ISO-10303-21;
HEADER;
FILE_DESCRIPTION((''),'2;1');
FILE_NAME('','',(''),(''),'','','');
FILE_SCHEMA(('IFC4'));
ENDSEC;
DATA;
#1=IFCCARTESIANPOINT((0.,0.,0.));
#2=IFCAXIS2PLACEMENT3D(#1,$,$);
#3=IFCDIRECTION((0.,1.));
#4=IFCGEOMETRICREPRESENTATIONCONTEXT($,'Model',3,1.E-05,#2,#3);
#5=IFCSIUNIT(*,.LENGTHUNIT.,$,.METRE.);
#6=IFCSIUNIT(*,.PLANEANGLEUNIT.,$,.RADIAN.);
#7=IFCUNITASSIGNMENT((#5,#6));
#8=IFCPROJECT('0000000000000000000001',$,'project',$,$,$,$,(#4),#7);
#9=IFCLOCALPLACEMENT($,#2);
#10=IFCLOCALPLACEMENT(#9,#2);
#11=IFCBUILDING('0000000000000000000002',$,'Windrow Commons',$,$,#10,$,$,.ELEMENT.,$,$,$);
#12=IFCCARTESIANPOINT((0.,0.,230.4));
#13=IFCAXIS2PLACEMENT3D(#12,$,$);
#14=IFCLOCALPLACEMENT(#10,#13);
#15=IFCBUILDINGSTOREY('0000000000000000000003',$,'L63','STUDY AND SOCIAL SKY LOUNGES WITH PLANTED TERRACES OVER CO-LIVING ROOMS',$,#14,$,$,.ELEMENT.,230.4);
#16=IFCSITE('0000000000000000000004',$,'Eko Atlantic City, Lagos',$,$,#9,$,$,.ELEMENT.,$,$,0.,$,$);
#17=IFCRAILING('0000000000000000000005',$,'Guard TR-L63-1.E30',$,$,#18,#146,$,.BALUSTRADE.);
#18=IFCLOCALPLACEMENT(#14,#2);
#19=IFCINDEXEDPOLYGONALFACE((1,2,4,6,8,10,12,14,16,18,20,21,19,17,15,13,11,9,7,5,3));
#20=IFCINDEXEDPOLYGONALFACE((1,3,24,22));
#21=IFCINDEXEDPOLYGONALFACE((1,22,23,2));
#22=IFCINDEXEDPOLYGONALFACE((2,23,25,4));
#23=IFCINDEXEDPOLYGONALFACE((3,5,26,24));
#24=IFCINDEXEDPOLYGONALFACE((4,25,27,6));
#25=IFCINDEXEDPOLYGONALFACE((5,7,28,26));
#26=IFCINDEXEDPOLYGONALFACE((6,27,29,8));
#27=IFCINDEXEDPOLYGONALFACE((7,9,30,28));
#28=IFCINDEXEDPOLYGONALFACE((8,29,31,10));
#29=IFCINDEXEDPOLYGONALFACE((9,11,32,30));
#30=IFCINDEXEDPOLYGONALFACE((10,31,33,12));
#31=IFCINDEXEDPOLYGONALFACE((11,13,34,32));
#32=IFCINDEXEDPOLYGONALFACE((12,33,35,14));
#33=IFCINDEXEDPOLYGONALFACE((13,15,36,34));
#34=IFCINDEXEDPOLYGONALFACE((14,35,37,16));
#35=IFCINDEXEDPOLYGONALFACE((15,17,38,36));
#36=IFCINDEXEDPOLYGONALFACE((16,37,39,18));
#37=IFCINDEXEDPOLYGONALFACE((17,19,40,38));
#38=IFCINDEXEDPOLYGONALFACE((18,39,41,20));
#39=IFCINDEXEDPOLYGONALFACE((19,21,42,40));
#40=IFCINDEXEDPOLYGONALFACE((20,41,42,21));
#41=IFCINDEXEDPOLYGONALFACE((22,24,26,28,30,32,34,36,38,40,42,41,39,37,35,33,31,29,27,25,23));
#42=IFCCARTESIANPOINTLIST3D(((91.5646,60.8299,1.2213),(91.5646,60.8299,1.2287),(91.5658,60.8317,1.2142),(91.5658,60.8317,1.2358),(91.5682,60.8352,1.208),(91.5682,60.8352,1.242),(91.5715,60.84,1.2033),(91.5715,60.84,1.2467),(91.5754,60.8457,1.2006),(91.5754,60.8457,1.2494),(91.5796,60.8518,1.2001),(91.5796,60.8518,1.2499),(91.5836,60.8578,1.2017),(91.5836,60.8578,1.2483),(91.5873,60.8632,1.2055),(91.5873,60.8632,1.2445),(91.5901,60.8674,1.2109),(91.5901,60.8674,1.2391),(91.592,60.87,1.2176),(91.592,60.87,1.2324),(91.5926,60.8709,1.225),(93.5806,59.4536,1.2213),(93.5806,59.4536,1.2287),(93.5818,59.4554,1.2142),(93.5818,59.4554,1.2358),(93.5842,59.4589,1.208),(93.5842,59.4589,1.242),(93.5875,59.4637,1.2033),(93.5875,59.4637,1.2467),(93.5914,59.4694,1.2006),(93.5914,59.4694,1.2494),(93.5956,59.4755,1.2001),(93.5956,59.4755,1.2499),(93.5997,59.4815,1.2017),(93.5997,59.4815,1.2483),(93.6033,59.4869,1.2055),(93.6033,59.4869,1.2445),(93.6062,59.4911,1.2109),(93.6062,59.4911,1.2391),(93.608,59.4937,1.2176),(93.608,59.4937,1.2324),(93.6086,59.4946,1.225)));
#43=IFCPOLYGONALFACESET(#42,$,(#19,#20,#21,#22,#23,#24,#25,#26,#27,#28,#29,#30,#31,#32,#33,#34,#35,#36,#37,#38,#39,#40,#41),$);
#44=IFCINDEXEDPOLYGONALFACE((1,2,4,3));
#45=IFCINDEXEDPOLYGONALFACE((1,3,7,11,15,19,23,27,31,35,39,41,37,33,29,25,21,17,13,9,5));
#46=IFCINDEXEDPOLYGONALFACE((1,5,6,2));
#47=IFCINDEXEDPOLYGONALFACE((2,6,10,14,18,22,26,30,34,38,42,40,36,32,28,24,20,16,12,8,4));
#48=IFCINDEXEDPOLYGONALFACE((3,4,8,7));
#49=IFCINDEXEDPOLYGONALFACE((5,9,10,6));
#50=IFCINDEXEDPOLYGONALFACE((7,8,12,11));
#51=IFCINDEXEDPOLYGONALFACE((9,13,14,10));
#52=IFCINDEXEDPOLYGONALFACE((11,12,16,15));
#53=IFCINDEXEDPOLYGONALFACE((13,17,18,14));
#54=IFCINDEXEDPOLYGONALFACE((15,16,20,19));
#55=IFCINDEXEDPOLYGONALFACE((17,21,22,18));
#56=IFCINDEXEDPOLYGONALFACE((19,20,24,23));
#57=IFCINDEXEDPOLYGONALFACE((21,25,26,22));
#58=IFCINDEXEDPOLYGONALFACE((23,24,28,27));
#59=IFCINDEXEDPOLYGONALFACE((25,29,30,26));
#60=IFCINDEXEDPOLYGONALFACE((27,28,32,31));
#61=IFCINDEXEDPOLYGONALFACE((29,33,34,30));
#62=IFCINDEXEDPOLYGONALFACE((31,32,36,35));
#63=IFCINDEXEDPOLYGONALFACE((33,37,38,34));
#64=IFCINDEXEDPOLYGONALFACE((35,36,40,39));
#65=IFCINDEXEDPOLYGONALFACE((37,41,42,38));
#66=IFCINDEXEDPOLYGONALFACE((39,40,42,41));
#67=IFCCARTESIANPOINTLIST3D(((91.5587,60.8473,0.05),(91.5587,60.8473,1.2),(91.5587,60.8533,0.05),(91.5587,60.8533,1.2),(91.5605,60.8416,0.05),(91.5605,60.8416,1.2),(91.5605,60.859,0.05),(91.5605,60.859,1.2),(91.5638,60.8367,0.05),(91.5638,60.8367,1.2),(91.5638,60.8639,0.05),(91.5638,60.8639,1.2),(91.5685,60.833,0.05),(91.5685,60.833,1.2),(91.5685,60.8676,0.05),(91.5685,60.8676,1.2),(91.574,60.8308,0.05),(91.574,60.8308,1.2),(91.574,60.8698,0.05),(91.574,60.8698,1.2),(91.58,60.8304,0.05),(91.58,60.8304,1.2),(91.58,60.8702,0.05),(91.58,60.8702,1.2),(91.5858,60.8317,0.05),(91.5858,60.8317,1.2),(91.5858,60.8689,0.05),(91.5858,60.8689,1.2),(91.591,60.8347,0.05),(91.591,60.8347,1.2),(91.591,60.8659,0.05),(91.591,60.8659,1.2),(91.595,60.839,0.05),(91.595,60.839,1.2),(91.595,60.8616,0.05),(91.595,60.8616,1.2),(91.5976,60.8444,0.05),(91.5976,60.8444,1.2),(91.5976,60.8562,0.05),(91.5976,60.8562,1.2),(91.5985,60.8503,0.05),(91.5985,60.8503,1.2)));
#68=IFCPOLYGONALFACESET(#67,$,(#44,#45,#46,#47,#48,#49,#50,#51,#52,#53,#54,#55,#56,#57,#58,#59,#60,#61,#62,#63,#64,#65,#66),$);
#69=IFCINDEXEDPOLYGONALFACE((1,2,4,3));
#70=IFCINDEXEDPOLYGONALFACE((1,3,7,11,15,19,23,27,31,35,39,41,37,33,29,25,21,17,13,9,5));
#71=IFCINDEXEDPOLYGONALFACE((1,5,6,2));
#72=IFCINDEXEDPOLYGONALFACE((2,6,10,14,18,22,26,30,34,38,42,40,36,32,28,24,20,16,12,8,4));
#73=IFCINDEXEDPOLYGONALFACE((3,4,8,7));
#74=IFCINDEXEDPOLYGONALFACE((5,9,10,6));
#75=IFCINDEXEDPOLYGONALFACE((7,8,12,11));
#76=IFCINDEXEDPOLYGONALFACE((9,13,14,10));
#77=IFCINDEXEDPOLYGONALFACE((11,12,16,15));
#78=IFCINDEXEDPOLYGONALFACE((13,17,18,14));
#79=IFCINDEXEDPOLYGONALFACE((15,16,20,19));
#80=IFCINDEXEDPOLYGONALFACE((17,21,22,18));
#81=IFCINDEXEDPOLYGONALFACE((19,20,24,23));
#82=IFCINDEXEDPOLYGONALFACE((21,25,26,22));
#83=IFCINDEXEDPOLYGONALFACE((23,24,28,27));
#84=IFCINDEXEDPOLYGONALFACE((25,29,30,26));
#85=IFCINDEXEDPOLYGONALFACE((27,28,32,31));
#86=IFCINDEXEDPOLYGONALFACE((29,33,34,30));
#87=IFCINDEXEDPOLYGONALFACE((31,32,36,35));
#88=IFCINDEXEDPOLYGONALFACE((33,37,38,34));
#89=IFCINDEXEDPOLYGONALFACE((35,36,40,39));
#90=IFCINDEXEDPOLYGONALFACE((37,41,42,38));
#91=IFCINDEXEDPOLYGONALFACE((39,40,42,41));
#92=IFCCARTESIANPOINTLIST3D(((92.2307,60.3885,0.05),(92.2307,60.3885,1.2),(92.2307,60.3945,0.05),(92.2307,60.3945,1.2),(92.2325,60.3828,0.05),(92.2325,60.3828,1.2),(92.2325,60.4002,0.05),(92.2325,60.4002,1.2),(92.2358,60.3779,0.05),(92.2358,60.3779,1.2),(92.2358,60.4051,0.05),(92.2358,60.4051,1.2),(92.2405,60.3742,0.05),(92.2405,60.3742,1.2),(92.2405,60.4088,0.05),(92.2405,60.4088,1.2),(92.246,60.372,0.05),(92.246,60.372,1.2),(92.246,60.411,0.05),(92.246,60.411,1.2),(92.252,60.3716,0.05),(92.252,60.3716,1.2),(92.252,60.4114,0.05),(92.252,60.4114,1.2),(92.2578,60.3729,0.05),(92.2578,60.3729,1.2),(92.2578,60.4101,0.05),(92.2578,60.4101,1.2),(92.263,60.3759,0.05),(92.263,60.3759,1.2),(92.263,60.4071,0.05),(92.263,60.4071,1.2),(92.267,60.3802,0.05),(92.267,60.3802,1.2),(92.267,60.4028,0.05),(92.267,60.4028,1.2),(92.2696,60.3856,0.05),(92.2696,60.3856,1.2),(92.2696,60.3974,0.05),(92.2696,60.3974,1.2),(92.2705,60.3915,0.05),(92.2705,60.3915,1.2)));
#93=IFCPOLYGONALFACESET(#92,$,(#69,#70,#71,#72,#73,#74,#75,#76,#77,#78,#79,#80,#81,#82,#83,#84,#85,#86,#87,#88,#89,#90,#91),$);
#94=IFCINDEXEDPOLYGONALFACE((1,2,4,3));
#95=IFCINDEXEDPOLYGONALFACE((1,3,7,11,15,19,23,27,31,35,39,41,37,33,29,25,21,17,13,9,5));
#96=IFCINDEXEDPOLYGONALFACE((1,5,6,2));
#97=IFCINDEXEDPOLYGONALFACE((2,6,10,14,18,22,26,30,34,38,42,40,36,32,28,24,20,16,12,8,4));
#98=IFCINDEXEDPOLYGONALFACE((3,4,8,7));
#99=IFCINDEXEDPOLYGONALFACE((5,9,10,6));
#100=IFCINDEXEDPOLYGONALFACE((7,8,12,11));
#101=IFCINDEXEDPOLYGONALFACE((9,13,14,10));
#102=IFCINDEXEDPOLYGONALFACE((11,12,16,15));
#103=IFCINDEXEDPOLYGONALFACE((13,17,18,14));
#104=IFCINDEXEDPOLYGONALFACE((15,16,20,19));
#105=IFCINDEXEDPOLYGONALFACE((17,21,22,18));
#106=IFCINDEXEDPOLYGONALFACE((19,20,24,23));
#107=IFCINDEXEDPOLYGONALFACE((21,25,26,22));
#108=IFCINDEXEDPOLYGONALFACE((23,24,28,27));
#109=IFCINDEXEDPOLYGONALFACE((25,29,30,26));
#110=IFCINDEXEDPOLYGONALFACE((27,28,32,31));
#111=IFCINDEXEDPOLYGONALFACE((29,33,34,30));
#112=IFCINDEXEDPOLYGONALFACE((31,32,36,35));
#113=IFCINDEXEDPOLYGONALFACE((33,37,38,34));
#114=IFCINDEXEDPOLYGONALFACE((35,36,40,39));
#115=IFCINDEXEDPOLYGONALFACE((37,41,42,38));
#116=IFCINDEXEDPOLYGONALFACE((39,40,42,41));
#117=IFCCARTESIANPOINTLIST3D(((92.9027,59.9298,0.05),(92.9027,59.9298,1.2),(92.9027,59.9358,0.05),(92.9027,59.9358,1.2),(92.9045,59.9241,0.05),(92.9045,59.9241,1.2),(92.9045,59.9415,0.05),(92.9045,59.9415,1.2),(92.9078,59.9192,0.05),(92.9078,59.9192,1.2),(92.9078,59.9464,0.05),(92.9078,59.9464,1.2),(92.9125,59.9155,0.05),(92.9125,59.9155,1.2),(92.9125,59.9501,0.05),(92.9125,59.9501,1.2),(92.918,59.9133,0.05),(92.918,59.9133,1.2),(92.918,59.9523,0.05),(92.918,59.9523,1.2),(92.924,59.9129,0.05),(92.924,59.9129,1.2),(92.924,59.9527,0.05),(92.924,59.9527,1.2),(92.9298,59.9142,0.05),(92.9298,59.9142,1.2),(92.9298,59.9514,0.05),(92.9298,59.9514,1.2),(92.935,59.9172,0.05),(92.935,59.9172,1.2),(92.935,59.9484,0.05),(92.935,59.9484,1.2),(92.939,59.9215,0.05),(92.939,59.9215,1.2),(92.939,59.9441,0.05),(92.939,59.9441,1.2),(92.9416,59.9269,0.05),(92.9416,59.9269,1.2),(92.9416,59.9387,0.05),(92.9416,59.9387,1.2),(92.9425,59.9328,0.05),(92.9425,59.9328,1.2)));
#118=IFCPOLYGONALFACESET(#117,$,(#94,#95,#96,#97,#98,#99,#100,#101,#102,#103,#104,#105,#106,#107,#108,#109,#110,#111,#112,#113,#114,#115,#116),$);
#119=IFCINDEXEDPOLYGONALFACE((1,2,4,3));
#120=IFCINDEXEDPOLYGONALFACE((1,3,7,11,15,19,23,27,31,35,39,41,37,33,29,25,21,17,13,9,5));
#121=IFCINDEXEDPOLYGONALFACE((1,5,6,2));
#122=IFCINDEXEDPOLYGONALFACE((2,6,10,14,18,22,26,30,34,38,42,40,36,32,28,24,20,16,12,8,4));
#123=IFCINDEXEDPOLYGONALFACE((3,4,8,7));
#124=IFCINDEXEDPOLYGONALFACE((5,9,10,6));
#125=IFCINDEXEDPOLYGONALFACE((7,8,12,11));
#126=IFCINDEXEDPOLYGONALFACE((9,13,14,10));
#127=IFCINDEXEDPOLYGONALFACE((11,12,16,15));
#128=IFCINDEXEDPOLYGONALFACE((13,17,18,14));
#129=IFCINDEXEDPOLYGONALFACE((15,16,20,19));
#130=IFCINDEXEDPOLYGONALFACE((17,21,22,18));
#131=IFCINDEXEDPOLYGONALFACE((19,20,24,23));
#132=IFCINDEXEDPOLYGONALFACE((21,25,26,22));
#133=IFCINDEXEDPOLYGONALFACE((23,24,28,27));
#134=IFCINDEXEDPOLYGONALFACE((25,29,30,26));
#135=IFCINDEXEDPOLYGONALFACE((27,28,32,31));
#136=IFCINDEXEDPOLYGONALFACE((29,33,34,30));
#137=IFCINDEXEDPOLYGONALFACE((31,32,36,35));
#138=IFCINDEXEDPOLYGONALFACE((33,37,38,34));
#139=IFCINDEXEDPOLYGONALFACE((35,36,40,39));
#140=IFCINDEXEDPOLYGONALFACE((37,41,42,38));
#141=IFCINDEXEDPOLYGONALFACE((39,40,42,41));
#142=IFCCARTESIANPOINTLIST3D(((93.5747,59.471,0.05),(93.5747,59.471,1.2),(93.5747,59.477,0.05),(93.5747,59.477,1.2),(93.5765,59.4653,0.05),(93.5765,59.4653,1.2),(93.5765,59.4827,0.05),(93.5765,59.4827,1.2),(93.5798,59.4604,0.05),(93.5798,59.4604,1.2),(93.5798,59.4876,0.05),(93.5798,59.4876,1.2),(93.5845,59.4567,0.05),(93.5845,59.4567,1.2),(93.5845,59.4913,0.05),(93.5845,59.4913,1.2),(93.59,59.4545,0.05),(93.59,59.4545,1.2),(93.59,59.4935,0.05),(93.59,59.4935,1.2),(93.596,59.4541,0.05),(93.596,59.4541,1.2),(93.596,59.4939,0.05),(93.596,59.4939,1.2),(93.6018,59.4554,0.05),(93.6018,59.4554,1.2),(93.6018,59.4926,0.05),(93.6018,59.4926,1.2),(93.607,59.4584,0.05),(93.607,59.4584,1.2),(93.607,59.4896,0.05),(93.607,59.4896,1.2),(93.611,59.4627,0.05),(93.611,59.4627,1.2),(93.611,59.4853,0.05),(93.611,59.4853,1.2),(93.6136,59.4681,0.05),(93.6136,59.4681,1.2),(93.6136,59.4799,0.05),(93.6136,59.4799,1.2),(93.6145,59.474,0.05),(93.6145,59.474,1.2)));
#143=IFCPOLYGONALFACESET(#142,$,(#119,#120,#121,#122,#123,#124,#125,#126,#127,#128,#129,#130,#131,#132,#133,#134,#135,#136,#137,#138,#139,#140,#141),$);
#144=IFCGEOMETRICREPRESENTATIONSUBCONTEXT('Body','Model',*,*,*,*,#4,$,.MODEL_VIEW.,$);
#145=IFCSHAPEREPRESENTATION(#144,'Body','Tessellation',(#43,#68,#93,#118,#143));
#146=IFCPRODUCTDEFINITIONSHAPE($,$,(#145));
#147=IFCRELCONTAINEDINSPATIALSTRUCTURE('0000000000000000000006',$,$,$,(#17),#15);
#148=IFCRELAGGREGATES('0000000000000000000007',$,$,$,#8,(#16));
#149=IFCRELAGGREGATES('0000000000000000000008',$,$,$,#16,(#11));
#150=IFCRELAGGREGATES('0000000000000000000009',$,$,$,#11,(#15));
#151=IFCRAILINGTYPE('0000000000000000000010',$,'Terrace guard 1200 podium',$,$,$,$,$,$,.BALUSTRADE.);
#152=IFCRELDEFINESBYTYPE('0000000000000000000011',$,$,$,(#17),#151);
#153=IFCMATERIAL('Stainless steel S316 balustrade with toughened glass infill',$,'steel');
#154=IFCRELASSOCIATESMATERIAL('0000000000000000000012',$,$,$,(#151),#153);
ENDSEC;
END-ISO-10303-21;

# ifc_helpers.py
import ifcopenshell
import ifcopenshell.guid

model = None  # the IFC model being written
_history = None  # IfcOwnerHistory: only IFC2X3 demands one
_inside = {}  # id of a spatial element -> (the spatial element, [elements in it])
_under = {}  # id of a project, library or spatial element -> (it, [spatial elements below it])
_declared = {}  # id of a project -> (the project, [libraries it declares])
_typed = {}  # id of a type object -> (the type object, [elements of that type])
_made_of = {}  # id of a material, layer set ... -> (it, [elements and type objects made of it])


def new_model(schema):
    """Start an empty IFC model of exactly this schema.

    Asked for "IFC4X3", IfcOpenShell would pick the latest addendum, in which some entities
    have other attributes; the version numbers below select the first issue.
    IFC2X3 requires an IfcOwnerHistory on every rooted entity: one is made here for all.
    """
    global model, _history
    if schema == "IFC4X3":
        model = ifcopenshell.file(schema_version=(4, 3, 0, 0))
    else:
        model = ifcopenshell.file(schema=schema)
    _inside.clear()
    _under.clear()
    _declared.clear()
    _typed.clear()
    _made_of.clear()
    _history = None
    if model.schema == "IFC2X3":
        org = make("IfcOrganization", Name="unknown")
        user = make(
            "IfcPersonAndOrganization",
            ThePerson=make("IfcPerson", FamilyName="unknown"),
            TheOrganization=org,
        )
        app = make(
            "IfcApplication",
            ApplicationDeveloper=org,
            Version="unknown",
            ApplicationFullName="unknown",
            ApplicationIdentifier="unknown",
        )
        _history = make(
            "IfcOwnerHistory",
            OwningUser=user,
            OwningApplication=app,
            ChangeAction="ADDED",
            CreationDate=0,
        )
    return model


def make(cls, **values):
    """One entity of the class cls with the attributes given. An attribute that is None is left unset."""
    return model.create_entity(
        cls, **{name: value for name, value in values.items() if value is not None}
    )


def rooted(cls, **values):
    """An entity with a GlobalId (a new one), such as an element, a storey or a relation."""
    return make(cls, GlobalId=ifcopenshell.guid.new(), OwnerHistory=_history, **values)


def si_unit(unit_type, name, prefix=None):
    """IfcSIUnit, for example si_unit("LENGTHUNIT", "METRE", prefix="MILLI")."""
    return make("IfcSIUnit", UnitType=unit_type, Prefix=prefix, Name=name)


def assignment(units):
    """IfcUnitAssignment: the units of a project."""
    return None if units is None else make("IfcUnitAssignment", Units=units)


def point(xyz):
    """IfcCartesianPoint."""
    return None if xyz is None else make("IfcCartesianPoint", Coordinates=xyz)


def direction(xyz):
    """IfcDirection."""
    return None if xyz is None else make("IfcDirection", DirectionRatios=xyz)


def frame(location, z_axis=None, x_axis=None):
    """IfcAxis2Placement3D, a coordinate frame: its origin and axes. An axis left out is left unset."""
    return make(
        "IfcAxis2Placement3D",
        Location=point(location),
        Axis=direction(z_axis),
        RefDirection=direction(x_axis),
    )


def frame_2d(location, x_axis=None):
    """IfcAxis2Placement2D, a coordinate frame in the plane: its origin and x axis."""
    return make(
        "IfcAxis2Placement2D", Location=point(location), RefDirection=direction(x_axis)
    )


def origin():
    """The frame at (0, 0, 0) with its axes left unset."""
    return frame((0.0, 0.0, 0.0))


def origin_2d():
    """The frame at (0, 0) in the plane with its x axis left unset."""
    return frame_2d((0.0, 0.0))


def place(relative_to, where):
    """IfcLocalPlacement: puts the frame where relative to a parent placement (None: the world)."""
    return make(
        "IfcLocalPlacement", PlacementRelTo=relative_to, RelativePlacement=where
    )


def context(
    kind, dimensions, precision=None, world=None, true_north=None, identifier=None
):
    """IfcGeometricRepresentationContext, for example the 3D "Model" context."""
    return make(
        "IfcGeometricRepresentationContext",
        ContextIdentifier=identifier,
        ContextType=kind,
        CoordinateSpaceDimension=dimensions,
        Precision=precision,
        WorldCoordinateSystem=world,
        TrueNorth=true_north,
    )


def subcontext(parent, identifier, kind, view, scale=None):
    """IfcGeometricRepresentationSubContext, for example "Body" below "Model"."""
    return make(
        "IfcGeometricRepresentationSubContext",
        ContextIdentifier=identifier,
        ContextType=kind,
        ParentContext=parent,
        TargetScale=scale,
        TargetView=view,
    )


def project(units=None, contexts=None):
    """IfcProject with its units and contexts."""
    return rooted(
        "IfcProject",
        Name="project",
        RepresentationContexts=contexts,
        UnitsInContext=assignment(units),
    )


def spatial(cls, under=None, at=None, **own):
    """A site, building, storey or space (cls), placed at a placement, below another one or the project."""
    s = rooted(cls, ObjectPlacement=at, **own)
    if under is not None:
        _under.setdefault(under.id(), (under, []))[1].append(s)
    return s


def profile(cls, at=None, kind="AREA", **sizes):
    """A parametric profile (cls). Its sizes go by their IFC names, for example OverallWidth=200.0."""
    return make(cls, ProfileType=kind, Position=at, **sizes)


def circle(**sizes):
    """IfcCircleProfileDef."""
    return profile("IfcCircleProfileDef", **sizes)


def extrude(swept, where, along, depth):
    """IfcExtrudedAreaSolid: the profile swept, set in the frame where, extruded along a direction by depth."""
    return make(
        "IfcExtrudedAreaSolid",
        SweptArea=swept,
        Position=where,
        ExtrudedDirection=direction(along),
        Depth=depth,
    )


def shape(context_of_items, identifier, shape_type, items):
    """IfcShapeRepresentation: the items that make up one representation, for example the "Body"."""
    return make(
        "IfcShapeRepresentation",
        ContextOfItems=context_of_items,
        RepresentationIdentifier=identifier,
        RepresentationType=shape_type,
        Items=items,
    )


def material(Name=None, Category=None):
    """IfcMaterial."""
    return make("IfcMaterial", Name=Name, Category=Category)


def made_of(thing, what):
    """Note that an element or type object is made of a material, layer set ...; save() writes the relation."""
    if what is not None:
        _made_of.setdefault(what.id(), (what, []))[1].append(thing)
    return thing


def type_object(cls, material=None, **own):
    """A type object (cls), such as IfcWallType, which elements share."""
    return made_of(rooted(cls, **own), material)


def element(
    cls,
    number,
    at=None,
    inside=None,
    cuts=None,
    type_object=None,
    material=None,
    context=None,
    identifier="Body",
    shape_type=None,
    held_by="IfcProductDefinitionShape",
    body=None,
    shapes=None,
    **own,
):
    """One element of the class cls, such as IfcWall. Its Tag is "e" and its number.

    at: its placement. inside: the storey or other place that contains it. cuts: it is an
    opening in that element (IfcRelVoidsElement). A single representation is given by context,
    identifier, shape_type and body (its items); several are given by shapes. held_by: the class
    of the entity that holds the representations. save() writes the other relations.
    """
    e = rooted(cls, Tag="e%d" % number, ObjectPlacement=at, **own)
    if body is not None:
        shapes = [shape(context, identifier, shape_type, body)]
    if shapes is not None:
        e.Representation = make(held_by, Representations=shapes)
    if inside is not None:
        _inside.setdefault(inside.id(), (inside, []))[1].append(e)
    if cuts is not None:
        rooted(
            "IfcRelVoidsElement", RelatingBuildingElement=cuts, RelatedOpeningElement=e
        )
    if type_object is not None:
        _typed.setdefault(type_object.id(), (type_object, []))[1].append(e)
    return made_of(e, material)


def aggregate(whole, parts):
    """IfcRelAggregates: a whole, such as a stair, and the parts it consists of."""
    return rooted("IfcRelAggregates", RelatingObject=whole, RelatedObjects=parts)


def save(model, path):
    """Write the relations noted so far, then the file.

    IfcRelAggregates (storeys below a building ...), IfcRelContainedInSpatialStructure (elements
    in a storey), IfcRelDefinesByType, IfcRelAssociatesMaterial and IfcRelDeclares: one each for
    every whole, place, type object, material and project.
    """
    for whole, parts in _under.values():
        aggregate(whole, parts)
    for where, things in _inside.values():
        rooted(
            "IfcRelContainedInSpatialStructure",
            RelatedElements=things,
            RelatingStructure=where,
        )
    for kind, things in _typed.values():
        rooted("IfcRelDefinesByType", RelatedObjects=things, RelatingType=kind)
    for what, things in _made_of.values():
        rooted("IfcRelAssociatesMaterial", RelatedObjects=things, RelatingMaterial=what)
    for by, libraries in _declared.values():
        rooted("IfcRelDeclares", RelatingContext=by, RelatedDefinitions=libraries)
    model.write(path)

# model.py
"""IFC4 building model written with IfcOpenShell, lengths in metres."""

from ifc_helpers import new_model, si_unit, direction, frame, origin, origin_2d, place, context, subcontext, project, spatial, circle, extrude, material, type_object, element, save


model = new_model("IFC4")

# Units and contexts
model_context = context("Model", 3, precision=1e-05, world=origin(), true_north=direction((0.0, 1.0)))
body_context = subcontext(model_context, "Body", "Model", "MODEL_VIEW")
ifc_project = project(units=[si_unit("LENGTHUNIT", "METRE"), si_unit("PLANEANGLEUNIT", "RADIAN")], contexts=[model_context])

# Site, building, storey
site_placement = place(None, origin())
site = spatial("IfcSite", under=ifc_project, at=site_placement, Name="Eko Atlantic City, Lagos", CompositionType="ELEMENT", RefElevation=0.0)
building_placement = place(site_placement, origin())
building = spatial("IfcBuilding", under=site, at=building_placement, Name="Windrow Commons", CompositionType="ELEMENT")
storey_placement = place(building_placement, frame((0.0, 0.0, 230.4)))
storey = spatial("IfcBuildingStorey", under=building, at=storey_placement, Name="L63", Description="STUDY AND SOCIAL SKY LOUNGES WITH PLANTED TERRACES OVER CO-LIVING ROOMS", CompositionType="ELEMENT", Elevation=230.4)

# Railing
ifc_material_1 = material(Name="Stainless steel S316 balustrade with toughened glass infill", Category="steel")
railing_type_1 = type_object("IfcRailingType", Name="Terrace guard 1200 podium", PredefinedType="BALUSTRADE", material=ifc_material_1)
railing_1_placement = place(storey_placement, frame((91.5785, 60.8503, 0.05)))
element("IfcRailing", 1, at=railing_1_placement, inside=storey, type_object=railing_type_1, Name="Guard TR-L63-1.E30", PredefinedType="BALUSTRADE", context=body_context, shape_type="SweptSolid", body=[
    extrude(circle(Radius=0.025, at=origin_2d()), frame((0.0, 0.0, 1.175), z_axis=(0.825893, -0.563827, 0.0), x_axis=(0.563827, 0.825893, 0.0)), (0.0, 0.0, 1.0), 2.441),
    extrude(circle(Radius=0.02, at=origin_2d()), origin(), (0.0, 0.0, 1.0), 1.15),
    extrude(circle(Radius=0.02, at=origin_2d()), frame((0.672, -0.4588, 0.0)), (0.0, 0.0, 1.0), 1.15),
    extrude(circle(Radius=0.02, at=origin_2d()), frame((1.344, -0.9175, 0.0)), (0.0, 0.0, 1.0), 1.15),
    extrude(circle(Radius=0.02, at=origin_2d()), frame((2.016, -1.3763, 0.0)), (0.0, 0.0, 1.0), 1.15),
])

save(model, "model.ifc")
